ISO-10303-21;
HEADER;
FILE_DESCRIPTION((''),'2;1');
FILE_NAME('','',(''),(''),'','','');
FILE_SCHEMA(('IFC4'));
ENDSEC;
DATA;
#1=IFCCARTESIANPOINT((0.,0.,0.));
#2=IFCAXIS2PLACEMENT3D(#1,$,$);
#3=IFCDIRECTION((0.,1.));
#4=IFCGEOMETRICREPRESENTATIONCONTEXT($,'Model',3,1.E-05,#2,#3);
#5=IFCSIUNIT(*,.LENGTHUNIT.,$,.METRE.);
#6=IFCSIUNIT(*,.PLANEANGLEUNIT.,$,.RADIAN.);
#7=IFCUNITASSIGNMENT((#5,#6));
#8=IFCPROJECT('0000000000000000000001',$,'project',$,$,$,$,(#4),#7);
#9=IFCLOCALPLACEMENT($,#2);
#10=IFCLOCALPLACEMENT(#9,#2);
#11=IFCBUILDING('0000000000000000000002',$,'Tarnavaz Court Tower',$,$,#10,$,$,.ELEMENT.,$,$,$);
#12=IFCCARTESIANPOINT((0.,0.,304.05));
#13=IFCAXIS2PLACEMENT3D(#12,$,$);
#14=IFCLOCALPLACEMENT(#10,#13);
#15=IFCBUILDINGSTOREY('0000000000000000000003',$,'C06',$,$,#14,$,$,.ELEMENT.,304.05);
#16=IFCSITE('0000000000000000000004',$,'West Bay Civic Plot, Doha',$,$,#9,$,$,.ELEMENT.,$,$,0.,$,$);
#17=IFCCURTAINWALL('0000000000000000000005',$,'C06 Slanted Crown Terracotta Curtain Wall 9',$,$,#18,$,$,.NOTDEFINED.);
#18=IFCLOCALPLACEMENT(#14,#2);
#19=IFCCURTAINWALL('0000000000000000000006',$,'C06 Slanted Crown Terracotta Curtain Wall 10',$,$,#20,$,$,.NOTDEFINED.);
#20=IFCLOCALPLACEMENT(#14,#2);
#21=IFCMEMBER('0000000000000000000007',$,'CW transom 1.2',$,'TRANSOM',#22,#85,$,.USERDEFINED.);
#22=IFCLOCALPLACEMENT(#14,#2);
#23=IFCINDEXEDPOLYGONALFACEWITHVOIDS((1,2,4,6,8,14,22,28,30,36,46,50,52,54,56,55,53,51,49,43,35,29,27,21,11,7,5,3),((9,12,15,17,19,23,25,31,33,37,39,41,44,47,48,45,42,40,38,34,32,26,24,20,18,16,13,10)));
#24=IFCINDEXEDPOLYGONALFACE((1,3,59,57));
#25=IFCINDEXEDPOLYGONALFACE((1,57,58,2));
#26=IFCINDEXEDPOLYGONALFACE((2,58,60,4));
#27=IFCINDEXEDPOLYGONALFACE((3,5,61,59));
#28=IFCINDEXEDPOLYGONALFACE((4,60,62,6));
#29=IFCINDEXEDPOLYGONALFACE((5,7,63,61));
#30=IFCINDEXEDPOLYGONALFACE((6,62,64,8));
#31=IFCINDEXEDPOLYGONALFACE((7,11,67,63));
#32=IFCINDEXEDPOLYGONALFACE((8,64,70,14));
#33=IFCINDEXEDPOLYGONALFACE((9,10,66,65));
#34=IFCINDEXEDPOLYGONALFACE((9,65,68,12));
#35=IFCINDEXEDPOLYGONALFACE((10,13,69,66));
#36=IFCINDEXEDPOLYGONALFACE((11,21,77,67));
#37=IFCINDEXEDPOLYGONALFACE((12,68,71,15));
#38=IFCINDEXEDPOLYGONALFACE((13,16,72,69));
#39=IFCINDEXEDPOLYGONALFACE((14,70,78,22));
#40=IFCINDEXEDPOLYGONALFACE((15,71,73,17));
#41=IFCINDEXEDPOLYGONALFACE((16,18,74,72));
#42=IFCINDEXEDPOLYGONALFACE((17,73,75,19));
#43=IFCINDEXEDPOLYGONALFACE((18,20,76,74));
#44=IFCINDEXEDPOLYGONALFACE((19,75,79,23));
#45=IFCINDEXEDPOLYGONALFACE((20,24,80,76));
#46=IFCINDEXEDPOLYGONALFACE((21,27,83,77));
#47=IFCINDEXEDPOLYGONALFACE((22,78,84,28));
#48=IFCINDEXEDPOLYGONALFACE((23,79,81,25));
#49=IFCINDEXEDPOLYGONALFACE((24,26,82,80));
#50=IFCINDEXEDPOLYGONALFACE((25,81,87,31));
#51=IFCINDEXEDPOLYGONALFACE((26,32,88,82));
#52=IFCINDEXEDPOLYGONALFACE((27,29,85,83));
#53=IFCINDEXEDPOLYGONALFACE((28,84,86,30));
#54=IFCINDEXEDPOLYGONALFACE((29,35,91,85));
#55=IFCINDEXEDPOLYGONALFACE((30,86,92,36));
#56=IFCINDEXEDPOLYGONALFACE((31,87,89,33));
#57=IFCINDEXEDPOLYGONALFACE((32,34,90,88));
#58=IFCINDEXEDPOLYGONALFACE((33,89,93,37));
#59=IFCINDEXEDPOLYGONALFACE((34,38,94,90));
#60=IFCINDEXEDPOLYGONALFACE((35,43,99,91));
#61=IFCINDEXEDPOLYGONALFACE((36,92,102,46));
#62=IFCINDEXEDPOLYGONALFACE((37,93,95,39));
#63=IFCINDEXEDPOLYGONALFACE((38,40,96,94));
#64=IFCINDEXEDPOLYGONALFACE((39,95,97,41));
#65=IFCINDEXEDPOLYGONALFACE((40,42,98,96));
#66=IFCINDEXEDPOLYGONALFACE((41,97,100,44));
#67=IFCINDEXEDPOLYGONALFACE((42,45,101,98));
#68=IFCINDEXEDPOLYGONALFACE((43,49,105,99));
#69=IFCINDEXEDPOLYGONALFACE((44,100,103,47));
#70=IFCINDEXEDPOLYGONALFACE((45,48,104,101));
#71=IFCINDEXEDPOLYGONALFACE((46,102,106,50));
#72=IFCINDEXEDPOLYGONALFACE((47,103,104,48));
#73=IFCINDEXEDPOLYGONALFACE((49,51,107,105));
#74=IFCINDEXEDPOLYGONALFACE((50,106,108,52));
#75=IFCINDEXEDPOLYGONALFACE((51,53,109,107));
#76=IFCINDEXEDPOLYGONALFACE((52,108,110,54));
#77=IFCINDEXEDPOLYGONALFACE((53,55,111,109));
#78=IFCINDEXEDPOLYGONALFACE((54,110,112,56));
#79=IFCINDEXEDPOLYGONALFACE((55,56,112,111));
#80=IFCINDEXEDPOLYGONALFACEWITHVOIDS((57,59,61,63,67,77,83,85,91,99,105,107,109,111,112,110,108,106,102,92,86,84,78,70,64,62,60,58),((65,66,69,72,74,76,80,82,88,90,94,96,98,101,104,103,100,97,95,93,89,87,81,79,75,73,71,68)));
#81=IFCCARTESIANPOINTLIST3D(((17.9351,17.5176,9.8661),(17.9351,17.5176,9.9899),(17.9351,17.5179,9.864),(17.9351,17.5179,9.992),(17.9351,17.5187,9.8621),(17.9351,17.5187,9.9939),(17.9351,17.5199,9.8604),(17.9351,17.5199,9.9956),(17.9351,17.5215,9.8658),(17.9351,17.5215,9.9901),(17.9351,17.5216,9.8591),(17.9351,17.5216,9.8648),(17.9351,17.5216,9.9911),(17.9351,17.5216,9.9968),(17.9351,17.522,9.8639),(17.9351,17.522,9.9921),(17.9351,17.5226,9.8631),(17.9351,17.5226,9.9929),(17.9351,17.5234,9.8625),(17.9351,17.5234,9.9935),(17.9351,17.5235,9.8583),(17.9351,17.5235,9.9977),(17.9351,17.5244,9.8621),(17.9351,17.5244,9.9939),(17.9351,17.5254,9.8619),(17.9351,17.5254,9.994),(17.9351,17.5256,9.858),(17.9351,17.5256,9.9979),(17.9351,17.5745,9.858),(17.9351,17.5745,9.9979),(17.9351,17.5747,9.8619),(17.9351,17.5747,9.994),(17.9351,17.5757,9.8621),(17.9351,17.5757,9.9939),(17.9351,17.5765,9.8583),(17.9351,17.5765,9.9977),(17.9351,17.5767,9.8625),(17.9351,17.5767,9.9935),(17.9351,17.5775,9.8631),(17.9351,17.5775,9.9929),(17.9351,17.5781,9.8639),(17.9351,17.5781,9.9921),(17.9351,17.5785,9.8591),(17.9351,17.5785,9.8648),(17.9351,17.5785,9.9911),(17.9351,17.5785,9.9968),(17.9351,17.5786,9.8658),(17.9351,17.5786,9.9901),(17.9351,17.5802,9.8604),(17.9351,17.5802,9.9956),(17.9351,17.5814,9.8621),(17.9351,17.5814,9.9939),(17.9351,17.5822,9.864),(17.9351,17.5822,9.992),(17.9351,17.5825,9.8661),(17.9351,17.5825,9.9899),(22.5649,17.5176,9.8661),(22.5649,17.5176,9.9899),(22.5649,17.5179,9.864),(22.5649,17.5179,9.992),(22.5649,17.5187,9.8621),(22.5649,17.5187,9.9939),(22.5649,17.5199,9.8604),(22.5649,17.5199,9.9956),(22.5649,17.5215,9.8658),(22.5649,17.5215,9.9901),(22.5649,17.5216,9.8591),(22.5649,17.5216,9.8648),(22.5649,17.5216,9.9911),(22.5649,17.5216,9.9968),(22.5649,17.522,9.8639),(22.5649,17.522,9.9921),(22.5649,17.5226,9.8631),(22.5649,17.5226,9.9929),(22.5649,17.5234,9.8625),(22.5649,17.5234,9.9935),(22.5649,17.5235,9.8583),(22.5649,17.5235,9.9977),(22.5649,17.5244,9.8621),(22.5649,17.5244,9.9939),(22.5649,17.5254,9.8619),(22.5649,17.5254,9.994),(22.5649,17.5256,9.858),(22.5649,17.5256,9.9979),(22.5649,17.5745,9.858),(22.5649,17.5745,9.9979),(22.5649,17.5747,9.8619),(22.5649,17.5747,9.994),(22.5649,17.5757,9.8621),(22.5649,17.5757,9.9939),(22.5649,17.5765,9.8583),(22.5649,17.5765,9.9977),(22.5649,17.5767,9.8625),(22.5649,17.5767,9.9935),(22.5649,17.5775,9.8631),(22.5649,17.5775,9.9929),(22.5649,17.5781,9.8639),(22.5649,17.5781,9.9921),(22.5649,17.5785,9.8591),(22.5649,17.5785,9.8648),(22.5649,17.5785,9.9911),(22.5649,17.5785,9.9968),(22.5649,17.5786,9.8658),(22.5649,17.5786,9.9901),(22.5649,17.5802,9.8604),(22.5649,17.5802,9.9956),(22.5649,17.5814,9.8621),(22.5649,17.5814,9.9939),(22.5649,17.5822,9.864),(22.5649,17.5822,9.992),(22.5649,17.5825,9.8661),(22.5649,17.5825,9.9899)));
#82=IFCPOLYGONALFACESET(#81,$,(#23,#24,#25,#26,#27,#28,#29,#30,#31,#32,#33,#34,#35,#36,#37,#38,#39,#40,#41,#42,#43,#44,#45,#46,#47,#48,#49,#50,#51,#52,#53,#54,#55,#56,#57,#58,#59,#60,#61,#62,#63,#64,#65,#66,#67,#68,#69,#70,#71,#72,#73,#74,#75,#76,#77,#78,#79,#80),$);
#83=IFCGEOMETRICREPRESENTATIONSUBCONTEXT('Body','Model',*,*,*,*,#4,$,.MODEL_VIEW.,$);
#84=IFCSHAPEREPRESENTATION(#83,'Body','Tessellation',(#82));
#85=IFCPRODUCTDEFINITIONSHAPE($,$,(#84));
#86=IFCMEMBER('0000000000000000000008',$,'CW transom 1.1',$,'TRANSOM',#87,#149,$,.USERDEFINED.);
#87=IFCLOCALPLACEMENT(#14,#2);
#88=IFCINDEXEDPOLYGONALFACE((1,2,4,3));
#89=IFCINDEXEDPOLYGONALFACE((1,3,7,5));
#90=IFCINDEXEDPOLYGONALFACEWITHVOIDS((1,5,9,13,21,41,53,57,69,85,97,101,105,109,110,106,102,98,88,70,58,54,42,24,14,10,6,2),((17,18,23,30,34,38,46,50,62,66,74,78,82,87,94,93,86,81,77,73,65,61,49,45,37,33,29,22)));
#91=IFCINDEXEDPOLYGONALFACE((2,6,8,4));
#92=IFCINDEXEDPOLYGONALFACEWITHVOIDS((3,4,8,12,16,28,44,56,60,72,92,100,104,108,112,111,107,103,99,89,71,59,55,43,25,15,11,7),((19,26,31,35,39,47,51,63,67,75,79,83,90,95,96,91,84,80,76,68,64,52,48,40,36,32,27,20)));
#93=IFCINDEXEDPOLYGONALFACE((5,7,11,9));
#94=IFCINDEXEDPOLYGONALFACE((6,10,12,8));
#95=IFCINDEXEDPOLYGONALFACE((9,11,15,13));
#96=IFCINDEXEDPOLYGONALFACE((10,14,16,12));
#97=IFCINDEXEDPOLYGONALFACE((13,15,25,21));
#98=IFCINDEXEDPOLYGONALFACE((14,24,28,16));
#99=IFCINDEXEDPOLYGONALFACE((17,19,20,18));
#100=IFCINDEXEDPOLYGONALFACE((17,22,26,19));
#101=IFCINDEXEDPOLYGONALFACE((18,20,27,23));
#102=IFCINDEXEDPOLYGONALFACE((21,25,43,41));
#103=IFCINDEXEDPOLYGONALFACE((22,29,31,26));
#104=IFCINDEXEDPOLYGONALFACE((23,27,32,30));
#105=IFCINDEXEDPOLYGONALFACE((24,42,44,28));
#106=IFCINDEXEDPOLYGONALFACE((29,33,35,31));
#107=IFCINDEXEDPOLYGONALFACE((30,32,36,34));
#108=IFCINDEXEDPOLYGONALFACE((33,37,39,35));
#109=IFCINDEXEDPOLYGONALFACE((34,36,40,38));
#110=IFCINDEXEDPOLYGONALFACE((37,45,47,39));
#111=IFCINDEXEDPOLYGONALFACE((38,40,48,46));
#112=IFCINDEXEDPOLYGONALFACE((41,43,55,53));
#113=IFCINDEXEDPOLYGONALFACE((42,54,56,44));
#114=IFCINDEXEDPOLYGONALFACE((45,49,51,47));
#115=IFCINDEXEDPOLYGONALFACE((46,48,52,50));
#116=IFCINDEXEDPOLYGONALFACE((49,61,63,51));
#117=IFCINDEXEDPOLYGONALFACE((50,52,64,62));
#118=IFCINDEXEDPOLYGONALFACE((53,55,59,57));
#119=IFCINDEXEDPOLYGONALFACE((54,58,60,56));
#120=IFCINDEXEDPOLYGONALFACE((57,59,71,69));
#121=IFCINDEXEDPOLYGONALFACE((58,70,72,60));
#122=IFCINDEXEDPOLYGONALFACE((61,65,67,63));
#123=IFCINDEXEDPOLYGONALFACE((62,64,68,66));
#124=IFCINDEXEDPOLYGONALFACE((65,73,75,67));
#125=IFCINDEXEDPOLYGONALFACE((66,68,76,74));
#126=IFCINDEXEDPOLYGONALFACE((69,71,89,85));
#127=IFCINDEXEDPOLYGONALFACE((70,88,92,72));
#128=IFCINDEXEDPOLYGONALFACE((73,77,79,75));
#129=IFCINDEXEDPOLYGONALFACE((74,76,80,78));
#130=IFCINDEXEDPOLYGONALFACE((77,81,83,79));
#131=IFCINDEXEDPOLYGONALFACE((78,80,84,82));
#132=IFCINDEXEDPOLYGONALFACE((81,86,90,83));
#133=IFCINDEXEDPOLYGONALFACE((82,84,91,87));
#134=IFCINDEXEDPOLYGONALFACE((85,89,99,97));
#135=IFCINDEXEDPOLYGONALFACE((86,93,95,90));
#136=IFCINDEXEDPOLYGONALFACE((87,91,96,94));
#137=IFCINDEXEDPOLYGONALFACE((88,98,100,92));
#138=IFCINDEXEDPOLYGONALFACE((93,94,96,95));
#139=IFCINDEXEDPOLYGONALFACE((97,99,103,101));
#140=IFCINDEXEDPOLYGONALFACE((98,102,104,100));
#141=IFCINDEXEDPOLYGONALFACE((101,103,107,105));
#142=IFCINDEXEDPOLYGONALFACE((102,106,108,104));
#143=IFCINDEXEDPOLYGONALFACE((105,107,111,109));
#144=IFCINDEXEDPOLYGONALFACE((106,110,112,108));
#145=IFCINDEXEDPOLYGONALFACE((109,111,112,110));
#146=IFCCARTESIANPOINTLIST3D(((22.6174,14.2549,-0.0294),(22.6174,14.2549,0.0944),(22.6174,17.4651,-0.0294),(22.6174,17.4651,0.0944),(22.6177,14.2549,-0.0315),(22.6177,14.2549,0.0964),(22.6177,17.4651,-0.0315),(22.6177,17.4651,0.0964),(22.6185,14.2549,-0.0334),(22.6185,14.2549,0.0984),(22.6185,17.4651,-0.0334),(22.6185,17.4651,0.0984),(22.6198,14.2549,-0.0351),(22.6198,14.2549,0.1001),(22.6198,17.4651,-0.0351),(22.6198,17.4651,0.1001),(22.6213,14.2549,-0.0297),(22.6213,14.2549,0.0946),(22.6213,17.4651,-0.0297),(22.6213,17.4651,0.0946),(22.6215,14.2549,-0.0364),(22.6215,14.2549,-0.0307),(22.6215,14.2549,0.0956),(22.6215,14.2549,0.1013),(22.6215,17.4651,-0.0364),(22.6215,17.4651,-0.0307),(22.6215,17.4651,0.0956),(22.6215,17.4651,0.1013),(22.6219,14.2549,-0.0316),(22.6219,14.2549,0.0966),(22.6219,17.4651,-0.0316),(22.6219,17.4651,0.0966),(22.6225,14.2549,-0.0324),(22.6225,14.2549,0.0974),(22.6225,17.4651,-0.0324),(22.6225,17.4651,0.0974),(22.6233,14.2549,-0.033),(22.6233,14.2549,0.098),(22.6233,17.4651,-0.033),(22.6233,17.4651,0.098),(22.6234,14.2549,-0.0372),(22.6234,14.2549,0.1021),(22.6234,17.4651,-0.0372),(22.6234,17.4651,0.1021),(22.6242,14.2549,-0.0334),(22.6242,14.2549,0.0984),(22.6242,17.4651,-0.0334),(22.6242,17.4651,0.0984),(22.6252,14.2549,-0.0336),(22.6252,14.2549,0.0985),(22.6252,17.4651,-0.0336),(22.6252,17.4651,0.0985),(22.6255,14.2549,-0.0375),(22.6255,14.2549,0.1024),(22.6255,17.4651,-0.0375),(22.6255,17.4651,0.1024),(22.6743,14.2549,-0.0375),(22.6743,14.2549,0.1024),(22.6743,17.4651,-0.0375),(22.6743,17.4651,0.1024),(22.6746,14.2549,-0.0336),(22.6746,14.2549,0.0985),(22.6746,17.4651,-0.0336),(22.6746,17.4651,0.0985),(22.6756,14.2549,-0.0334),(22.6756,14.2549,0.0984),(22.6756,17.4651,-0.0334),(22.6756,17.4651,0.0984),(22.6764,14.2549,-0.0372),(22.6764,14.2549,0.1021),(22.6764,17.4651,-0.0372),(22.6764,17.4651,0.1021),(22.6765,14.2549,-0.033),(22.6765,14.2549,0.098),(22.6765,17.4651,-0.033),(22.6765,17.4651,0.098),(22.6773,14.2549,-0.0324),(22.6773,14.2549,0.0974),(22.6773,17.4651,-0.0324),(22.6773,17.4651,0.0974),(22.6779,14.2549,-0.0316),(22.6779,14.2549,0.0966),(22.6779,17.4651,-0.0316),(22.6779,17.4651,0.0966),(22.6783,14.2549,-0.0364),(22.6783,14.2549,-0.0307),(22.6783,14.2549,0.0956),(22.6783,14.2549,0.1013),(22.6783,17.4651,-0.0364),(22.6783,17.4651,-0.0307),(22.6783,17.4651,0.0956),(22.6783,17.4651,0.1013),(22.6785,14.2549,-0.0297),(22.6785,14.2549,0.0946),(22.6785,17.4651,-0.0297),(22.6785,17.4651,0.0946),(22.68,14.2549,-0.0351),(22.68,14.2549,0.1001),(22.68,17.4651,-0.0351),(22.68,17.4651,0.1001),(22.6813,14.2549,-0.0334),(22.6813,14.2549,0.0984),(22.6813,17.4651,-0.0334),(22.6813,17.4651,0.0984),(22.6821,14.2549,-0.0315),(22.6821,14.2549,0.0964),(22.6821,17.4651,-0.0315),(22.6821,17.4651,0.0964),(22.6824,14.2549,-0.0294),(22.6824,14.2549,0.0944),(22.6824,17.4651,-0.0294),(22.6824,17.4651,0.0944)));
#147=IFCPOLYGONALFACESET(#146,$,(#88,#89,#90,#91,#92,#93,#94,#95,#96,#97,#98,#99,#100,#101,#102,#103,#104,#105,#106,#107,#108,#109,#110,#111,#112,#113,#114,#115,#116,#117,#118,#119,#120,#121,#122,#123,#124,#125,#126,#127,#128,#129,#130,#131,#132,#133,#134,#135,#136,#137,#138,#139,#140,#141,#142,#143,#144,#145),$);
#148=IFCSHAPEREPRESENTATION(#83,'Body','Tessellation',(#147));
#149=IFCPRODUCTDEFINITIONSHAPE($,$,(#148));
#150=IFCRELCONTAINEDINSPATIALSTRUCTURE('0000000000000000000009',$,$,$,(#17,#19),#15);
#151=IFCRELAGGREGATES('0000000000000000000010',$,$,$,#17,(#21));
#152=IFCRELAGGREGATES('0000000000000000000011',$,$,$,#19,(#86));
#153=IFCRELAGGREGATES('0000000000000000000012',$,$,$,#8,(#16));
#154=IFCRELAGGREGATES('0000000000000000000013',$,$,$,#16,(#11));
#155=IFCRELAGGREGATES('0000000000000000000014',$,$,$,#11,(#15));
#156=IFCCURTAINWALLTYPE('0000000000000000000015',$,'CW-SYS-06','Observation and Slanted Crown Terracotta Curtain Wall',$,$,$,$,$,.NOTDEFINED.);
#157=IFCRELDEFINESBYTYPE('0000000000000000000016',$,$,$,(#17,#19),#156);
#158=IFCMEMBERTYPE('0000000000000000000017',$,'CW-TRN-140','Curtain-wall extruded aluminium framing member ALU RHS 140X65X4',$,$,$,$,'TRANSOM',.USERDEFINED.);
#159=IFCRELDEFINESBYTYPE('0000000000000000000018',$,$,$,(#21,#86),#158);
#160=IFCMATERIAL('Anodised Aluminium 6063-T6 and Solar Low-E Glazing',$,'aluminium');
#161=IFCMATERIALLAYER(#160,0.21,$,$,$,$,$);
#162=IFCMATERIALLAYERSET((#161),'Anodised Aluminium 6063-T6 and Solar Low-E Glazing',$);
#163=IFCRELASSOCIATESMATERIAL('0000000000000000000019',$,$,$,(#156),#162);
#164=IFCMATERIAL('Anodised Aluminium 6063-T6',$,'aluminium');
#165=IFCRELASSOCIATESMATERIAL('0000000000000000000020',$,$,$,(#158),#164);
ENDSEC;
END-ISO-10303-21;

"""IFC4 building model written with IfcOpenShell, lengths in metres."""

from ifc_helpers import new_model, si_unit, direction, frame, origin, origin_2d, place, context, subcontext, project, spatial, hollow_rectangle, extrude, material, layer, layer_set, material_profile, profile_set, type_object, element, aggregate, save


model = new_model("IFC4")

# Units and contexts
model_context = context("Model", 3, precision=1e-05, world=origin(), true_north=direction((0.0, 1.0)))
body_context = subcontext(model_context, "Body", "Model", "MODEL_VIEW")
ifc_project = project(units=[si_unit("LENGTHUNIT", "METRE"), si_unit("PLANEANGLEUNIT", "RADIAN")], contexts=[model_context])

# Site, building, storey
site_placement = place(None, origin())
site = spatial("IfcSite", under=ifc_project, at=site_placement, Name="West Bay Civic Plot, Doha", CompositionType="ELEMENT", RefElevation=0.0)
building_placement = place(site_placement, origin())
building = spatial("IfcBuilding", under=site, at=building_placement, Name="Tarnavaz Court Tower", CompositionType="ELEMENT")
storey_placement = place(building_placement, frame((0.0, 0.0, 304.05)))
storey = spatial("IfcBuildingStorey", under=building, at=storey_placement, Name="C06", CompositionType="ELEMENT", Elevation=304.05)

# Curtain walls
ifc_material_1 = material(Name="Anodised Aluminium 6063-T6 and Solar Low-E Glazing", Category="aluminium")
ifc_layer_1 = layer(ifc_material_1, 0.21)
ifc_layer_set_1 = layer_set([ifc_layer_1], Name="Anodised Aluminium 6063-T6 and Solar Low-E Glazing")
curtain_wall_type = type_object("IfcCurtainWallType", Name="CW-SYS-06", Description="Observation and Slanted Crown Terracotta Curtain Wall", PredefinedType="NOTDEFINED", material=ifc_layer_set_1)
curtain_wall_1_placement = place(storey_placement, origin())
curtain_wall_1 = element("IfcCurtainWall", 1, at=curtain_wall_1_placement, inside=storey, type_object=curtain_wall_type, Name="C06 Slanted Crown Terracotta Curtain Wall 9", PredefinedType="NOTDEFINED")
ifc_material_2 = material(Name="Anodised Aluminium 6063-T6", Category="aluminium")
curtain_wall_2_placement = place(storey_placement, origin())
curtain_wall_2 = element("IfcCurtainWall", 2, at=curtain_wall_2_placement, inside=storey, type_object=curtain_wall_type, Name="C06 Slanted Crown Terracotta Curtain Wall 10", PredefinedType="NOTDEFINED")

# Members
ifc_material_profile_1 = material_profile(ifc_material_2, hollow_rectangle(XDim=0.0649, YDim=0.1399, WallThickness=0.0039, InnerFilletRadius=0.0039, OuterFilletRadius=0.0081, at=origin_2d()), Name="ALU RHS 140X65X4")
ifc_profile_set_1 = profile_set([ifc_material_profile_1], Name="Anodised Aluminium 6063-T6")
member_type_1 = type_object("IfcMemberType", Name="CW-TRN-140", Description="Curtain-wall extruded aluminium framing member ALU RHS 140X65X4", ElementType="TRANSOM", PredefinedType="USERDEFINED", material=ifc_profile_set_1)
member_1_placement = place(storey_placement, frame((17.9351, 17.55, 9.928), z_axis=(1.0, 0.0, 0.0), x_axis=(0.0, 1.0, 0.0)))
member_1 = element("IfcMember", 3, at=member_1_placement, type_object=member_type_1, Name="CW transom 1.2", ObjectType="TRANSOM", PredefinedType="USERDEFINED", context=body_context, shape_type="SweptSolid", body=[
    extrude(hollow_rectangle(XDim=0.0649, YDim=0.1399, WallThickness=0.0039, InnerFilletRadius=0.0039, OuterFilletRadius=0.0081, at=origin_2d()), origin(), (0.0, 0.0, 1.0), 4.6299),
])
member_2_placement = place(storey_placement, frame((22.6499, 17.4651, 0.0325), z_axis=(0.0, -1.0, 0.0), x_axis=(1.0, 0.0, 0.0)))
member_2 = element("IfcMember", 4, at=member_2_placement, type_object=member_type_1, Name="CW transom 1.1", ObjectType="TRANSOM", PredefinedType="USERDEFINED", context=body_context, shape_type="SweptSolid", body=[
    extrude(hollow_rectangle(XDim=0.0649, YDim=0.1399, WallThickness=0.0039, InnerFilletRadius=0.0039, OuterFilletRadius=0.0081, at=origin_2d()), origin(), (0.0, 0.0, 1.0), 3.2102),
])

aggregate(curtain_wall_1, [member_1])
aggregate(curtain_wall_2, [member_2])

save(model, "model.ifc")
